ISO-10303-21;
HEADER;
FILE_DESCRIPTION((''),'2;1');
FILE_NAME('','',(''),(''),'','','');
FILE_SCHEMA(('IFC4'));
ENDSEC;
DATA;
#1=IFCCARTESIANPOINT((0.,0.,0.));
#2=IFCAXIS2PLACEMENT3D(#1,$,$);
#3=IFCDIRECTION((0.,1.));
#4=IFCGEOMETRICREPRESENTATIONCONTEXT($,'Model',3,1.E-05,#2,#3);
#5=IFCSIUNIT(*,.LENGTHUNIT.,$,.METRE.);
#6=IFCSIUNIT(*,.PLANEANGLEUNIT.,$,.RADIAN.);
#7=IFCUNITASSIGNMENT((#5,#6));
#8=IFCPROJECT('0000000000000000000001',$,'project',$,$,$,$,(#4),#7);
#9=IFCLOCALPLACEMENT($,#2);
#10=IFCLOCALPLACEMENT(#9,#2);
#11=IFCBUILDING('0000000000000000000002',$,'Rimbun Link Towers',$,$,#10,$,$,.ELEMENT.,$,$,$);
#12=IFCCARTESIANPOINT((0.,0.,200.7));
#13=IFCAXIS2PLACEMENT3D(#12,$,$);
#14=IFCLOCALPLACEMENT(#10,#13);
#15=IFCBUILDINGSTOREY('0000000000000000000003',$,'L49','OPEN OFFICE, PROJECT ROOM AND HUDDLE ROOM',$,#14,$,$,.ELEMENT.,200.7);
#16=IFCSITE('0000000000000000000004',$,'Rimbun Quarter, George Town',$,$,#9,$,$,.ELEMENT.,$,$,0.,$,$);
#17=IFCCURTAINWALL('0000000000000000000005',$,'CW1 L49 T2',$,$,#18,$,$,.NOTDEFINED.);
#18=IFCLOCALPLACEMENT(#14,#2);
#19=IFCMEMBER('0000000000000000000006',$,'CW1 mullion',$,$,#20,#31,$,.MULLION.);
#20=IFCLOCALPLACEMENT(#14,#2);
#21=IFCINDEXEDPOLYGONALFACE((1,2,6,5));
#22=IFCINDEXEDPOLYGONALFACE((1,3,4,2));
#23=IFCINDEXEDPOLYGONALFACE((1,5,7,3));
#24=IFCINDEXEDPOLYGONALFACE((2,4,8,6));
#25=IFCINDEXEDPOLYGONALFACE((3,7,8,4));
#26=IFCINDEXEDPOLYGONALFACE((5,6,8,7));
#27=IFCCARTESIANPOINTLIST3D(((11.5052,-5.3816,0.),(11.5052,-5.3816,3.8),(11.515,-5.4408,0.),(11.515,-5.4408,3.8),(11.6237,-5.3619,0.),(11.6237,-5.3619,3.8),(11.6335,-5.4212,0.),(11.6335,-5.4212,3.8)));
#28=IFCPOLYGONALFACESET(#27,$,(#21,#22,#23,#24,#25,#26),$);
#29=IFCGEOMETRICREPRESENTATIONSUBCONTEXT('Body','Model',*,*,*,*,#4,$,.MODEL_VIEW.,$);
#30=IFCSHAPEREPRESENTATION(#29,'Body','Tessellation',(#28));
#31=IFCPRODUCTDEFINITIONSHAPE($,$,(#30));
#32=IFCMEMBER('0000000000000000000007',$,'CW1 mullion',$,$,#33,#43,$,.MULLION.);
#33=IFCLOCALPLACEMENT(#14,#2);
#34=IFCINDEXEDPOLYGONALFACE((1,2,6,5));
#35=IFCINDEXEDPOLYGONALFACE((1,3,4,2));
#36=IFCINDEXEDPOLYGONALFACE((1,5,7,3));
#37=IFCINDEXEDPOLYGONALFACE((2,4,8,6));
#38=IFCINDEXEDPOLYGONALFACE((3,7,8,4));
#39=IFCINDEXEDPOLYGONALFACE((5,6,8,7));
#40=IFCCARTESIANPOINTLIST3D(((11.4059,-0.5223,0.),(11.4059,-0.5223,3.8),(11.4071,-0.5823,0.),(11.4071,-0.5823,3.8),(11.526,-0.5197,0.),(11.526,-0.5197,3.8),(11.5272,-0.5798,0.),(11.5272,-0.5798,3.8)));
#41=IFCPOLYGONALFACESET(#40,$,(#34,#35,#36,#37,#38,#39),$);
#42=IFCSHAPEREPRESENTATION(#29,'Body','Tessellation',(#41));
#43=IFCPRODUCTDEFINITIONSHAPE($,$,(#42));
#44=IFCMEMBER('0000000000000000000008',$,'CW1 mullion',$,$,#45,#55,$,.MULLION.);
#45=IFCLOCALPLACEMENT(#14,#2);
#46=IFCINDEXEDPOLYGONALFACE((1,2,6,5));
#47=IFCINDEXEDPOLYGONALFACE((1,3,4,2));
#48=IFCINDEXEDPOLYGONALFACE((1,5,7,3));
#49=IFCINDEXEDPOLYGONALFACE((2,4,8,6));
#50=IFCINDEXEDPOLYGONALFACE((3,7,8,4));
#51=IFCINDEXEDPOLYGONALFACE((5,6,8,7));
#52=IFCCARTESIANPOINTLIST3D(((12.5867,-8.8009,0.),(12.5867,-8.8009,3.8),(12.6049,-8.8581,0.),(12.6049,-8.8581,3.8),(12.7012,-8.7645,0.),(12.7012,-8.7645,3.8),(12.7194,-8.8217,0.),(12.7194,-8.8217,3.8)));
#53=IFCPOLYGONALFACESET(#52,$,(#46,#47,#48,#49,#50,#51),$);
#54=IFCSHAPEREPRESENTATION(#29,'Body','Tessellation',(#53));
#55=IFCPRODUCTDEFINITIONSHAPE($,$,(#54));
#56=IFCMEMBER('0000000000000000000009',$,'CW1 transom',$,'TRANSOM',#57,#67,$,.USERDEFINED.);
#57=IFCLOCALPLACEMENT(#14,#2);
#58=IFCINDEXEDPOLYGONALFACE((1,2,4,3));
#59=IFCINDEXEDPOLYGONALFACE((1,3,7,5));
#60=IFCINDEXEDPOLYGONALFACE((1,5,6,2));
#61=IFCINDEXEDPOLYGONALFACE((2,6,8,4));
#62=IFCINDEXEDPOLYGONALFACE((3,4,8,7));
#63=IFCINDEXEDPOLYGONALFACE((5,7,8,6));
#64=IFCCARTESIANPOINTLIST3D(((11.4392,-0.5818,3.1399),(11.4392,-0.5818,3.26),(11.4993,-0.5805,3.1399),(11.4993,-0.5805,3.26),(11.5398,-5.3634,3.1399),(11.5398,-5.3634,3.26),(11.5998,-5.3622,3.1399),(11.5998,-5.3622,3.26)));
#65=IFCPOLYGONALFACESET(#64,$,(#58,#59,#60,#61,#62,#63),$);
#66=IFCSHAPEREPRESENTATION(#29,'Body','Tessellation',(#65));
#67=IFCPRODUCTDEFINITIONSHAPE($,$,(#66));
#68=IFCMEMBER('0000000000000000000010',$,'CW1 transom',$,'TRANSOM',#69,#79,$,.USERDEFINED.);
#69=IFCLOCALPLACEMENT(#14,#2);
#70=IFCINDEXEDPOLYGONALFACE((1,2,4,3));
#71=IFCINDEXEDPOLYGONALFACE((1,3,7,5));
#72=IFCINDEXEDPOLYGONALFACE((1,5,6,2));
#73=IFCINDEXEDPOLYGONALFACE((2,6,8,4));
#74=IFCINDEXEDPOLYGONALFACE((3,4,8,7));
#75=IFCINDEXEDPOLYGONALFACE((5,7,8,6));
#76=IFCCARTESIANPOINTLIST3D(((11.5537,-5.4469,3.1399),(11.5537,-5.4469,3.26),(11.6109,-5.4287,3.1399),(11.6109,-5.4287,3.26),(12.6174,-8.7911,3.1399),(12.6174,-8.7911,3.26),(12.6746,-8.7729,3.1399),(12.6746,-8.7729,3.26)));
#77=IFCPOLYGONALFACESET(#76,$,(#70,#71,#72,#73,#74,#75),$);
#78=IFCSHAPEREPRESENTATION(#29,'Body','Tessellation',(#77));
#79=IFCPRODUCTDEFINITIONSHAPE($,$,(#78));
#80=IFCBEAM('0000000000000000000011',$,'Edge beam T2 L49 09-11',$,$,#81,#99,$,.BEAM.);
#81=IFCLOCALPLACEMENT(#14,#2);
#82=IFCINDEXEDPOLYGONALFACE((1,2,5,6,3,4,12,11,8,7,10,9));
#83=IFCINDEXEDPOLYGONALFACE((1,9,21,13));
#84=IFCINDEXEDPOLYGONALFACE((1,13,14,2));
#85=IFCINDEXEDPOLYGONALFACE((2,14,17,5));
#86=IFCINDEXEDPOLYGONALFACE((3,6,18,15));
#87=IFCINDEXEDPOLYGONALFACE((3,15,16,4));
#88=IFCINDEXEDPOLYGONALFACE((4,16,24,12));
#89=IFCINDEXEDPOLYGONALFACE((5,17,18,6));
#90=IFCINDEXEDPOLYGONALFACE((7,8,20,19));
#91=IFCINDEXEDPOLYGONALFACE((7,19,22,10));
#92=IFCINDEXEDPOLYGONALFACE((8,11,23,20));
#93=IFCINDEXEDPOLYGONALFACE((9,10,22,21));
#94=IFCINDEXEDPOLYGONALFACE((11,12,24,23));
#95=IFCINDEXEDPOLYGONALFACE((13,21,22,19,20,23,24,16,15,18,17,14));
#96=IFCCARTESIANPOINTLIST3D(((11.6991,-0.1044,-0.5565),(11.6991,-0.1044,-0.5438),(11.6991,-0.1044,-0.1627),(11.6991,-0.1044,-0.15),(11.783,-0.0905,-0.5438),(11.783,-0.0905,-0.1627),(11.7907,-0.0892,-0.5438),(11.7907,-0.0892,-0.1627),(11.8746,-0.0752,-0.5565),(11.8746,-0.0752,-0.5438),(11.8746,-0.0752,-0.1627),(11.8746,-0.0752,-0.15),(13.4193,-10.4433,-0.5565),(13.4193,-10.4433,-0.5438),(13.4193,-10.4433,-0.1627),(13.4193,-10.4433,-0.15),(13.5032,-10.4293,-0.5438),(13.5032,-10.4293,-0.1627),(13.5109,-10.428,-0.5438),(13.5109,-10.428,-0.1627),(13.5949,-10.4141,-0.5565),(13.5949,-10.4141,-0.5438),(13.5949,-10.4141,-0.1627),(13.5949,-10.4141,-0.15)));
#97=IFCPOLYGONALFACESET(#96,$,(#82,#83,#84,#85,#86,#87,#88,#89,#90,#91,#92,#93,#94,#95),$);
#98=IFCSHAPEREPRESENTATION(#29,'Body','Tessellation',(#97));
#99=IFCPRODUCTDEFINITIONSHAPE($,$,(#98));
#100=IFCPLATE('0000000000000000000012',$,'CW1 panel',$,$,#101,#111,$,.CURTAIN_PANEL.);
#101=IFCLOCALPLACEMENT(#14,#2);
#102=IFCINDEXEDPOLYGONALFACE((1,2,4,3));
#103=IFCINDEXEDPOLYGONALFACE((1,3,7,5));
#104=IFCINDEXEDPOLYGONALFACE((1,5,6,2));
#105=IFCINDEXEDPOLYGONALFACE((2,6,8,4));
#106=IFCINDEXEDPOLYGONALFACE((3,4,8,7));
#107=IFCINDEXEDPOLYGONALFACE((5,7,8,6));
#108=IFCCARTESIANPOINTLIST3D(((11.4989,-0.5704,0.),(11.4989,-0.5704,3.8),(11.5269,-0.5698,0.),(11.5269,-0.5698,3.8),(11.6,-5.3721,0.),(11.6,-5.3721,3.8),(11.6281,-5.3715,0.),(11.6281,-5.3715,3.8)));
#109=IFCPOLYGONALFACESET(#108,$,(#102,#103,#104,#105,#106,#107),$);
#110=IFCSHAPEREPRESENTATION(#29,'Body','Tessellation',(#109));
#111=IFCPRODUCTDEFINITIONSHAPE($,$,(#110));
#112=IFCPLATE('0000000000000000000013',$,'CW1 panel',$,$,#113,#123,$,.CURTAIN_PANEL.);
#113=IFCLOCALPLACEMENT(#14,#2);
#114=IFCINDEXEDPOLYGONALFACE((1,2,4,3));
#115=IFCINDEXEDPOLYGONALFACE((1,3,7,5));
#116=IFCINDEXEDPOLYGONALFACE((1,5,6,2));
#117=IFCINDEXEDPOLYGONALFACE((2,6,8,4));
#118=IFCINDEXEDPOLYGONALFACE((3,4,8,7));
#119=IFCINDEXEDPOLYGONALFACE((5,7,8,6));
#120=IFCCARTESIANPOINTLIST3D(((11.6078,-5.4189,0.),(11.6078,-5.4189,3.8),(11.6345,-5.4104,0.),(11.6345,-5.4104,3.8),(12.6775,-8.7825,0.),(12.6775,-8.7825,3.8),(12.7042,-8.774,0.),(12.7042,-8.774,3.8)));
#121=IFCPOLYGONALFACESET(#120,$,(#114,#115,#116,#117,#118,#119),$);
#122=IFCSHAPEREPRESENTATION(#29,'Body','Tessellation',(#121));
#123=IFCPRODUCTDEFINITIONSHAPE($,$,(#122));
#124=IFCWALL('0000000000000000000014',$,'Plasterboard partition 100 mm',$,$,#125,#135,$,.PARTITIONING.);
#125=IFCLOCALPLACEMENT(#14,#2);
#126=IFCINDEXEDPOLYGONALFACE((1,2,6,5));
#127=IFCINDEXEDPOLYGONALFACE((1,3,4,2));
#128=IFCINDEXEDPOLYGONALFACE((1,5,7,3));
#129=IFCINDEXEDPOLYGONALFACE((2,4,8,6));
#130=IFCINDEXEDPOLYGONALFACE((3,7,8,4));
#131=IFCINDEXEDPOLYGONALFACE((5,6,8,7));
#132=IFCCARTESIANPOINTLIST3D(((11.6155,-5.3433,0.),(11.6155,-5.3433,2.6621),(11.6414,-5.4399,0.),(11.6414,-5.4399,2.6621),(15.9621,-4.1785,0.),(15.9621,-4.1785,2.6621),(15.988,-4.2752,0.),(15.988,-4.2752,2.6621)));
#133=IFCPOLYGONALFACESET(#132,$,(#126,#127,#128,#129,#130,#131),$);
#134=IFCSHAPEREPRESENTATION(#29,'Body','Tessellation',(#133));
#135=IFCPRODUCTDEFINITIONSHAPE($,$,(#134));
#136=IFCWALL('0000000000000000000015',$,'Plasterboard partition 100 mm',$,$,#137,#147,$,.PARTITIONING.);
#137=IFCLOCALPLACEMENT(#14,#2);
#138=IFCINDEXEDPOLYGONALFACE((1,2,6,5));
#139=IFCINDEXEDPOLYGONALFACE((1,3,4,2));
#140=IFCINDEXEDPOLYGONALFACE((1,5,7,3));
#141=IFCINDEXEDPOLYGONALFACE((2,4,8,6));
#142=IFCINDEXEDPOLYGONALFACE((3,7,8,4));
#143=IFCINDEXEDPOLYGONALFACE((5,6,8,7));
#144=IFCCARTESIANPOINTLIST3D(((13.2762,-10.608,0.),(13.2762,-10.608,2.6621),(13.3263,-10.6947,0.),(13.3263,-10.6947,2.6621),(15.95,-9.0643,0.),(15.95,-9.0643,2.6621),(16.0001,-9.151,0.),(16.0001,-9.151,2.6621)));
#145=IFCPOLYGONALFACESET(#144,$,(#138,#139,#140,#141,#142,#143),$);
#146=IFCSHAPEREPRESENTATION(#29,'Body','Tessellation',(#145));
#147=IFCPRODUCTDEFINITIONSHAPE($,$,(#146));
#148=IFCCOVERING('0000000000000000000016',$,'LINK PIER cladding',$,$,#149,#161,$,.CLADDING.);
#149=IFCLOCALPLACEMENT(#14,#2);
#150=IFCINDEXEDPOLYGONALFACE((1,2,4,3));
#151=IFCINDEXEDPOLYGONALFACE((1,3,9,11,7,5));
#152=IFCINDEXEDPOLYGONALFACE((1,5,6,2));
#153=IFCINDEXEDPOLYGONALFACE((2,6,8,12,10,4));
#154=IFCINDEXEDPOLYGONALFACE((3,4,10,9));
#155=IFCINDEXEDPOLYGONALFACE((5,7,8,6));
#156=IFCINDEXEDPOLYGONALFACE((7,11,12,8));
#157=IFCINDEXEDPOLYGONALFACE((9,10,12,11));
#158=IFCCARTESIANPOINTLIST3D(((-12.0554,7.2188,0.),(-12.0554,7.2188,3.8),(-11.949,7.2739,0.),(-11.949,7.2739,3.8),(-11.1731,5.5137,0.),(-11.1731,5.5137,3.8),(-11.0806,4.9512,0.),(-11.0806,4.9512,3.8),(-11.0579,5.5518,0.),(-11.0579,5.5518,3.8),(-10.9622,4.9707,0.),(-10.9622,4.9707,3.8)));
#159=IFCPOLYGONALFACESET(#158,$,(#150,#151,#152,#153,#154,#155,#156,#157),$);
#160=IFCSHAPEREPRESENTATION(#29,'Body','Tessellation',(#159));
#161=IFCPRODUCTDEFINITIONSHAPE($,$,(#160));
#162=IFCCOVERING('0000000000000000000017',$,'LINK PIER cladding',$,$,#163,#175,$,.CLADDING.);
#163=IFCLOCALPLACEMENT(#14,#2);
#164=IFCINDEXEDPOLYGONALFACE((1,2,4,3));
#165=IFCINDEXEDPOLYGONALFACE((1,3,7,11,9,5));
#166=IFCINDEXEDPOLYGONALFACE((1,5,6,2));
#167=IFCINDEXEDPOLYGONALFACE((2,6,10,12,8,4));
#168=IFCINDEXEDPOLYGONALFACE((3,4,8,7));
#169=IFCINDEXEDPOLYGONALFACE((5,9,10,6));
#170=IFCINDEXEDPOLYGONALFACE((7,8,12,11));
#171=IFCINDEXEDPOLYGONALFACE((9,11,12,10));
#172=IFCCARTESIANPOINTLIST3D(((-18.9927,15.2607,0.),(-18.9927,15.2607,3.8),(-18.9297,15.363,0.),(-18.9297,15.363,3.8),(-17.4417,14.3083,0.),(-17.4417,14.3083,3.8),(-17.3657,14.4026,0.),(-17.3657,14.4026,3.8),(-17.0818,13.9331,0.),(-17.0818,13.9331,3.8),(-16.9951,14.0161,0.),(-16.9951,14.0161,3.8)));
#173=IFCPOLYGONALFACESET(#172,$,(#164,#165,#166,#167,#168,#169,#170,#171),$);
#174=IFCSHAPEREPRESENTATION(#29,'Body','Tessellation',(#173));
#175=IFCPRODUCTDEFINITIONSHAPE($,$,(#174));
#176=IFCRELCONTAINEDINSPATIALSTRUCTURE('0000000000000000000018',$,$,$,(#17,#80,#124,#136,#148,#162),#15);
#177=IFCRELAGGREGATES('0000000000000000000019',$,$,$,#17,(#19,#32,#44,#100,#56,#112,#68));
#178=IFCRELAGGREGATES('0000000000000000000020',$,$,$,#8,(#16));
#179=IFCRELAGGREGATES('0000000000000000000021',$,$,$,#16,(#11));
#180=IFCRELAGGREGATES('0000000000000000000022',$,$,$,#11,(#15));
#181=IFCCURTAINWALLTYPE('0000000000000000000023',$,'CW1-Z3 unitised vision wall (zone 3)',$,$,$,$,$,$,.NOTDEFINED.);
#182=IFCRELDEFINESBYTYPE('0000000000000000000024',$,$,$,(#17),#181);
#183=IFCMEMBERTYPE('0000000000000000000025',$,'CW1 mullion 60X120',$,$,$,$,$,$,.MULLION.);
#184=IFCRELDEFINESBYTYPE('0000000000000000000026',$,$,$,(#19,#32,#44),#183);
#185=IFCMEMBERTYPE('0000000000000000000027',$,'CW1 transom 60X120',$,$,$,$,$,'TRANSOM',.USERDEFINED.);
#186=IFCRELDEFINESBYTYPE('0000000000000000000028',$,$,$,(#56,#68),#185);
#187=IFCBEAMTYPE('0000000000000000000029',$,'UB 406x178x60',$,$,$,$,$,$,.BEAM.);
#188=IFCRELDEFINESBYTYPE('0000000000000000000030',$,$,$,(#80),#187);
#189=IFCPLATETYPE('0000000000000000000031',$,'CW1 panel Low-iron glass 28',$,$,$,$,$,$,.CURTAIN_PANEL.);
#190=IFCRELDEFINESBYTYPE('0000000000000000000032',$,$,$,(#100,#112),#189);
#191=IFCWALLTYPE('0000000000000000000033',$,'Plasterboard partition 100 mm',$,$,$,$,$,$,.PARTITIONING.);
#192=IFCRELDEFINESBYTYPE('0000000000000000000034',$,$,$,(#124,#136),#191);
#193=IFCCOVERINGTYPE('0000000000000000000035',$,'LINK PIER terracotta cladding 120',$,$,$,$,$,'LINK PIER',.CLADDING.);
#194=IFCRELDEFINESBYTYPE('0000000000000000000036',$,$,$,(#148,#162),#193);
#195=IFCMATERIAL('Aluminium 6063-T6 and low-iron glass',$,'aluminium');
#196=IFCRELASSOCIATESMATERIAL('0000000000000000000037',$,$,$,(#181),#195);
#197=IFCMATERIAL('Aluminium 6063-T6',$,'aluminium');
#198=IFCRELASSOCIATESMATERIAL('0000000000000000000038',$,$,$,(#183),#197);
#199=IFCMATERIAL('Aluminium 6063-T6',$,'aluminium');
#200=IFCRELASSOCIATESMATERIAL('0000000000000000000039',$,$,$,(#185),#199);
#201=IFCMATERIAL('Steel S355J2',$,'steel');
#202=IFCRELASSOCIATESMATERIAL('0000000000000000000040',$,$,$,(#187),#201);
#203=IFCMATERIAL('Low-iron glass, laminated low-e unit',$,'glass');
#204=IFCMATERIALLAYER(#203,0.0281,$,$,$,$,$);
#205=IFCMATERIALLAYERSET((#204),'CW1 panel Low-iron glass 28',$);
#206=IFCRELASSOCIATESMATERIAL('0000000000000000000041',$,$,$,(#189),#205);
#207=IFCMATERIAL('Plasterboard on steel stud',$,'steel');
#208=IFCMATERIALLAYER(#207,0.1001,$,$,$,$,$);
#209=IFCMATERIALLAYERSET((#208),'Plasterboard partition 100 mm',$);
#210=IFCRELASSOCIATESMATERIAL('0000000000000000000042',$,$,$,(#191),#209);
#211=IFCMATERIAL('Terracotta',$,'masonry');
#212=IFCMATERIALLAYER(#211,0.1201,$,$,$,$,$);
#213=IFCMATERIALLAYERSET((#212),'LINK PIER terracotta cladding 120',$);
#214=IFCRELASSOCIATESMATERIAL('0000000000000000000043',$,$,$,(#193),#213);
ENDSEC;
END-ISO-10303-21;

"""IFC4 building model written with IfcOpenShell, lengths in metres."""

from ifc_helpers import new_model, si_unit, direction, frame, frame_2d, origin, origin_2d, place, context, subcontext, project, spatial, polyline, rectangle, i_section, outline, extrude, material, layer, layer_set, material_profile, profile_set, type_object, element, aggregate, save


model = new_model("IFC4")

# Units and contexts
model_context = context("Model", 3, precision=1e-05, world=origin(), true_north=direction((0.0, 1.0)))
body_context = subcontext(model_context, "Body", "Model", "MODEL_VIEW")
ifc_project = project(units=[si_unit("LENGTHUNIT", "METRE"), si_unit("PLANEANGLEUNIT", "RADIAN")], contexts=[model_context])

# Site, building, storey
site_placement = place(None, origin())
site = spatial("IfcSite", under=ifc_project, at=site_placement, Name="Rimbun Quarter, George Town", CompositionType="ELEMENT", RefElevation=0.0)
building_placement = place(site_placement, origin())
building = spatial("IfcBuilding", under=site, at=building_placement, Name="Rimbun Link Towers", CompositionType="ELEMENT")
storey_placement = place(building_placement, frame((0.0, 0.0, 200.7)))
storey = spatial("IfcBuildingStorey", under=building, at=storey_placement, Name="L49", Description="OPEN OFFICE, PROJECT ROOM AND HUDDLE ROOM", CompositionType="ELEMENT", Elevation=200.7)

# Curtain wall, members
ifc_material_1 = material(Name="Aluminium 6063-T6 and low-iron glass", Category="aluminium")
curtain_wall_type = type_object("IfcCurtainWallType", Name="CW1-Z3 unitised vision wall (zone 3)", PredefinedType="NOTDEFINED", material=ifc_material_1)
curtain_wall_placement = place(storey_placement, origin())
curtain_wall = element("IfcCurtainWall", 1, at=curtain_wall_placement, inside=storey, type_object=curtain_wall_type, Name="CW1 L49 T2", PredefinedType="NOTDEFINED")
ifc_material_2 = material(Name="Aluminium 6063-T6", Category="aluminium")
ifc_material_profile_1 = material_profile(ifc_material_2, rectangle(XDim=0.1201, YDim=0.0601, at=origin_2d()), Name="MULLION 60X120")
ifc_profile_set_1 = profile_set([ifc_material_profile_1], Name="Aluminium 6063-T6")
member_type_1 = type_object("IfcMemberType", Name="CW1 mullion 60X120", PredefinedType="MULLION", material=ifc_profile_set_1)
member_1_placement = place(storey_placement, frame((11.5693, -5.4014, 0.0), z_axis=(0.0, 0.0, 1.0), x_axis=(-0.986502, -0.16375, 0.0)))
member_1 = element("IfcMember", 2, at=member_1_placement, type_object=member_type_1, Name="CW1 mullion", PredefinedType="MULLION", context=body_context, shape_type="SweptSolid", body=[
    extrude(rectangle(XDim=0.1201, YDim=0.0601, at=origin_2d()), origin(), (0.0, 0.0, 1.0), 3.8),
])
member_2_placement = place(storey_placement, frame((11.4666, -0.551, 0.0), z_axis=(0.0, 0.0, 1.0), x_axis=(-0.999778, -0.021066, 0.0)))
member_2 = element("IfcMember", 3, at=member_2_placement, type_object=member_type_1, Name="CW1 mullion", PredefinedType="MULLION", context=body_context, shape_type="SweptSolid", body=[
    extrude(rectangle(XDim=0.1201, YDim=0.0601, at=origin_2d()), origin(), (0.0, 0.0, 1.0), 3.8),
])
member_3_placement = place(storey_placement, frame((12.6531, -8.8113, 0.0), z_axis=(0.0, 0.0, 1.0), x_axis=(-0.952968, -0.303071, 0.0)))
member_3 = element("IfcMember", 4, at=member_3_placement, type_object=member_type_1, Name="CW1 mullion", PredefinedType="MULLION", context=body_context, shape_type="SweptSolid", body=[
    extrude(rectangle(XDim=0.1201, YDim=0.0601, at=origin_2d()), origin(), (0.0, 0.0, 1.0), 3.8),
])
ifc_material_3 = material(Name="Aluminium 6063-T6", Category="aluminium")
ifc_material_profile_2 = material_profile(ifc_material_3, rectangle(XDim=0.0601, YDim=0.1201, at=origin_2d()), Name="TRANSOM 60X120")
ifc_profile_set_2 = profile_set([ifc_material_profile_2], Name="Aluminium 6063-T6")
member_type_2 = type_object("IfcMemberType", Name="CW1 transom 60X120", ElementType="TRANSOM", PredefinedType="USERDEFINED", material=ifc_profile_set_2)
member_4_placement = place(storey_placement, frame((11.5698, -5.3628, 3.2), z_axis=(-0.021031, 0.999779, 0.0), x_axis=(-0.999779, -0.021031, 0.0)))
member_4 = element("IfcMember", 5, at=member_4_placement, type_object=member_type_2, Name="CW1 transom", ObjectType="TRANSOM", PredefinedType="USERDEFINED", context=body_context, shape_type="SweptSolid", body=[
    extrude(rectangle(XDim=0.0601, YDim=0.1201, at=origin_2d()), origin(), (0.0, 0.0, 1.0), 4.7827),
])
member_5_placement = place(storey_placement, frame((12.646, -8.782, 3.2), z_axis=(-0.303112, 0.952955, 0.0), x_axis=(-0.952955, -0.303112, 0.0)))
member_5 = element("IfcMember", 6, at=member_5_placement, type_object=member_type_2, Name="CW1 transom", ObjectType="TRANSOM", PredefinedType="USERDEFINED", context=body_context, shape_type="SweptSolid", body=[
    extrude(rectangle(XDim=0.0601, YDim=0.1201, at=origin_2d()), origin(), (0.0, 0.0, 1.0), 3.5093),
])

# Beam
ifc_material_4 = material(Name="Steel S355J2", Category="steel")
ifc_material_profile_3 = material_profile(ifc_material_4, i_section(OverallWidth=0.178, OverallDepth=0.4065, WebThickness=0.0078, FlangeThickness=0.0127, at=origin_2d()), Name="UB 406x178x60")
ifc_profile_set_3 = profile_set([ifc_material_profile_3], Name="Steel S355J2")
beam_type = type_object("IfcBeamType", Name="UB 406x178x60", PredefinedType="BEAM", material=ifc_profile_set_3)
beam_placement = place(storey_placement, frame((11.7869, -0.0898, -0.3533), z_axis=(0.164127, -0.986439, 0.0), x_axis=(0.986439, 0.164127, 0.0)))
element("IfcBeam", 7, at=beam_placement, inside=storey, type_object=beam_type, Name="Edge beam T2 L49 09-11", PredefinedType="BEAM", context=body_context, shape_type="SweptSolid", body=[
    extrude(i_section(OverallWidth=0.178, OverallDepth=0.4065, WebThickness=0.0078, FlangeThickness=0.0127, at=origin_2d()), origin(), (0.0, 0.0, 1.0), 10.481),
])

# Plates
ifc_material_5 = material(Name="Low-iron glass, laminated low-e unit", Category="glass")
ifc_layer_1 = layer(ifc_material_5, 0.0281)
ifc_layer_set_1 = layer_set([ifc_layer_1], Name="CW1 panel Low-iron glass 28")
plate_type = type_object("IfcPlateType", Name="CW1 panel Low-iron glass 28", PredefinedType="CURTAIN_PANEL", material=ifc_layer_set_1)
plate_1_placement = place(storey_placement, frame((11.5635, -2.9709, 0.0), z_axis=(0.0, 0.0, 1.0), x_axis=(-0.021066, 0.999778, 0.0)))
plate_1 = element("IfcPlate", 8, at=plate_1_placement, type_object=plate_type, Name="CW1 panel", PredefinedType="CURTAIN_PANEL", context=body_context, shape_type="SweptSolid", body=[
    extrude(rectangle(XDim=4.8027, YDim=0.0281, at=origin_2d()), origin(), (0.0, 0.0, 1.0), 3.8),
])
plate_2_placement = place(storey_placement, frame((12.156, -7.0964, 0.0), z_axis=(0.0, 0.0, 1.0), x_axis=(-0.303071, 0.952968, 0.0)))
plate_2 = element("IfcPlate", 9, at=plate_2_placement, type_object=plate_type, Name="CW1 panel", PredefinedType="CURTAIN_PANEL", context=body_context, shape_type="SweptSolid", body=[
    extrude(rectangle(XDim=3.5295, YDim=0.0281, at=origin_2d()), origin(), (0.0, 0.0, 1.0), 3.8),
])
aggregate(curtain_wall, [member_1, member_2, member_3, plate_1, member_4, plate_2, member_5])

# Walls
ifc_material_6 = material(Name="Plasterboard on steel stud", Category="steel")
ifc_layer_2 = layer(ifc_material_6, 0.1001)
ifc_layer_set_2 = layer_set([ifc_layer_2], Name="Plasterboard partition 100 mm")
wall_type = type_object("IfcWallType", Name="Plasterboard partition 100 mm", PredefinedType="PARTITIONING", material=ifc_layer_set_2)
wall_1_placement = place(storey_placement, frame((11.6284, -5.3916, 0.0), z_axis=(0.0, 0.0, 1.0), x_axis=(0.96592, 0.258841, 0.0)))
element("IfcWall", 10, at=wall_1_placement, inside=storey, type_object=wall_type, Name="Plasterboard partition 100 mm", PredefinedType="PARTITIONING", context=body_context, shape_type="SweptSolid", body=[
    extrude(rectangle(XDim=4.5, YDim=0.1001, at=frame_2d((2.25, 0.0))), origin(), (0.0, 0.0, 1.0), 2.6621),
])
wall_2_placement = place(storey_placement, frame((13.3013, -10.6514, 0.0), z_axis=(0.0, 0.0, 1.0), x_axis=(0.86603, 0.499992, 0.0)))
element("IfcWall", 11, at=wall_2_placement, inside=storey, type_object=wall_type, Name="Plasterboard partition 100 mm", PredefinedType="PARTITIONING", context=body_context, shape_type="SweptSolid", body=[
    extrude(rectangle(XDim=3.0874, YDim=0.1001, at=frame_2d((1.5437, 0.0))), origin(), (0.0, 0.0, 1.0), 2.6621),
])

# Coverings
ifc_material_7 = material(Name="Terracotta", Category="masonry")
ifc_layer_3 = layer(ifc_material_7, 0.1201)
ifc_layer_set_3 = layer_set([ifc_layer_3], Name="LINK PIER terracotta cladding 120")
covering_type_1 = type_object("IfcCoveringType", Name="LINK PIER terracotta cladding 120", ElementType="LINK PIER", PredefinedType="CLADDING", material=ifc_layer_set_3)
covering_1_placement = place(storey_placement, origin())
element("IfcCovering", 12, at=covering_1_placement, inside=storey, type_object=covering_type_1, Name="LINK PIER cladding", PredefinedType="CLADDING", context=body_context, shape_type="SweptSolid", body=[
    extrude(outline(polyline([(-12.0554, 7.2188), (-11.1731, 5.5137), (-11.0806, 4.9512), (-10.9622, 4.9707), (-11.0579, 5.5518), (-11.949, 7.2739), (-12.0554, 7.2188)])), origin(), (0.0, 0.0, 1.0), 3.8),
])
covering_2_placement = place(storey_placement, origin())
element("IfcCovering", 13, at=covering_2_placement, inside=storey, type_object=covering_type_1, Name="LINK PIER cladding", PredefinedType="CLADDING", context=body_context, shape_type="SweptSolid", body=[
    extrude(outline(polyline([(-18.9927, 15.2607), (-17.4417, 14.3083), (-17.0818, 13.9331), (-16.9951, 14.0161), (-17.3657, 14.4026), (-18.9297, 15.363), (-18.9927, 15.2607)])), origin(), (0.0, 0.0, 1.0), 3.8),
])

save(model, "model.ifc")
